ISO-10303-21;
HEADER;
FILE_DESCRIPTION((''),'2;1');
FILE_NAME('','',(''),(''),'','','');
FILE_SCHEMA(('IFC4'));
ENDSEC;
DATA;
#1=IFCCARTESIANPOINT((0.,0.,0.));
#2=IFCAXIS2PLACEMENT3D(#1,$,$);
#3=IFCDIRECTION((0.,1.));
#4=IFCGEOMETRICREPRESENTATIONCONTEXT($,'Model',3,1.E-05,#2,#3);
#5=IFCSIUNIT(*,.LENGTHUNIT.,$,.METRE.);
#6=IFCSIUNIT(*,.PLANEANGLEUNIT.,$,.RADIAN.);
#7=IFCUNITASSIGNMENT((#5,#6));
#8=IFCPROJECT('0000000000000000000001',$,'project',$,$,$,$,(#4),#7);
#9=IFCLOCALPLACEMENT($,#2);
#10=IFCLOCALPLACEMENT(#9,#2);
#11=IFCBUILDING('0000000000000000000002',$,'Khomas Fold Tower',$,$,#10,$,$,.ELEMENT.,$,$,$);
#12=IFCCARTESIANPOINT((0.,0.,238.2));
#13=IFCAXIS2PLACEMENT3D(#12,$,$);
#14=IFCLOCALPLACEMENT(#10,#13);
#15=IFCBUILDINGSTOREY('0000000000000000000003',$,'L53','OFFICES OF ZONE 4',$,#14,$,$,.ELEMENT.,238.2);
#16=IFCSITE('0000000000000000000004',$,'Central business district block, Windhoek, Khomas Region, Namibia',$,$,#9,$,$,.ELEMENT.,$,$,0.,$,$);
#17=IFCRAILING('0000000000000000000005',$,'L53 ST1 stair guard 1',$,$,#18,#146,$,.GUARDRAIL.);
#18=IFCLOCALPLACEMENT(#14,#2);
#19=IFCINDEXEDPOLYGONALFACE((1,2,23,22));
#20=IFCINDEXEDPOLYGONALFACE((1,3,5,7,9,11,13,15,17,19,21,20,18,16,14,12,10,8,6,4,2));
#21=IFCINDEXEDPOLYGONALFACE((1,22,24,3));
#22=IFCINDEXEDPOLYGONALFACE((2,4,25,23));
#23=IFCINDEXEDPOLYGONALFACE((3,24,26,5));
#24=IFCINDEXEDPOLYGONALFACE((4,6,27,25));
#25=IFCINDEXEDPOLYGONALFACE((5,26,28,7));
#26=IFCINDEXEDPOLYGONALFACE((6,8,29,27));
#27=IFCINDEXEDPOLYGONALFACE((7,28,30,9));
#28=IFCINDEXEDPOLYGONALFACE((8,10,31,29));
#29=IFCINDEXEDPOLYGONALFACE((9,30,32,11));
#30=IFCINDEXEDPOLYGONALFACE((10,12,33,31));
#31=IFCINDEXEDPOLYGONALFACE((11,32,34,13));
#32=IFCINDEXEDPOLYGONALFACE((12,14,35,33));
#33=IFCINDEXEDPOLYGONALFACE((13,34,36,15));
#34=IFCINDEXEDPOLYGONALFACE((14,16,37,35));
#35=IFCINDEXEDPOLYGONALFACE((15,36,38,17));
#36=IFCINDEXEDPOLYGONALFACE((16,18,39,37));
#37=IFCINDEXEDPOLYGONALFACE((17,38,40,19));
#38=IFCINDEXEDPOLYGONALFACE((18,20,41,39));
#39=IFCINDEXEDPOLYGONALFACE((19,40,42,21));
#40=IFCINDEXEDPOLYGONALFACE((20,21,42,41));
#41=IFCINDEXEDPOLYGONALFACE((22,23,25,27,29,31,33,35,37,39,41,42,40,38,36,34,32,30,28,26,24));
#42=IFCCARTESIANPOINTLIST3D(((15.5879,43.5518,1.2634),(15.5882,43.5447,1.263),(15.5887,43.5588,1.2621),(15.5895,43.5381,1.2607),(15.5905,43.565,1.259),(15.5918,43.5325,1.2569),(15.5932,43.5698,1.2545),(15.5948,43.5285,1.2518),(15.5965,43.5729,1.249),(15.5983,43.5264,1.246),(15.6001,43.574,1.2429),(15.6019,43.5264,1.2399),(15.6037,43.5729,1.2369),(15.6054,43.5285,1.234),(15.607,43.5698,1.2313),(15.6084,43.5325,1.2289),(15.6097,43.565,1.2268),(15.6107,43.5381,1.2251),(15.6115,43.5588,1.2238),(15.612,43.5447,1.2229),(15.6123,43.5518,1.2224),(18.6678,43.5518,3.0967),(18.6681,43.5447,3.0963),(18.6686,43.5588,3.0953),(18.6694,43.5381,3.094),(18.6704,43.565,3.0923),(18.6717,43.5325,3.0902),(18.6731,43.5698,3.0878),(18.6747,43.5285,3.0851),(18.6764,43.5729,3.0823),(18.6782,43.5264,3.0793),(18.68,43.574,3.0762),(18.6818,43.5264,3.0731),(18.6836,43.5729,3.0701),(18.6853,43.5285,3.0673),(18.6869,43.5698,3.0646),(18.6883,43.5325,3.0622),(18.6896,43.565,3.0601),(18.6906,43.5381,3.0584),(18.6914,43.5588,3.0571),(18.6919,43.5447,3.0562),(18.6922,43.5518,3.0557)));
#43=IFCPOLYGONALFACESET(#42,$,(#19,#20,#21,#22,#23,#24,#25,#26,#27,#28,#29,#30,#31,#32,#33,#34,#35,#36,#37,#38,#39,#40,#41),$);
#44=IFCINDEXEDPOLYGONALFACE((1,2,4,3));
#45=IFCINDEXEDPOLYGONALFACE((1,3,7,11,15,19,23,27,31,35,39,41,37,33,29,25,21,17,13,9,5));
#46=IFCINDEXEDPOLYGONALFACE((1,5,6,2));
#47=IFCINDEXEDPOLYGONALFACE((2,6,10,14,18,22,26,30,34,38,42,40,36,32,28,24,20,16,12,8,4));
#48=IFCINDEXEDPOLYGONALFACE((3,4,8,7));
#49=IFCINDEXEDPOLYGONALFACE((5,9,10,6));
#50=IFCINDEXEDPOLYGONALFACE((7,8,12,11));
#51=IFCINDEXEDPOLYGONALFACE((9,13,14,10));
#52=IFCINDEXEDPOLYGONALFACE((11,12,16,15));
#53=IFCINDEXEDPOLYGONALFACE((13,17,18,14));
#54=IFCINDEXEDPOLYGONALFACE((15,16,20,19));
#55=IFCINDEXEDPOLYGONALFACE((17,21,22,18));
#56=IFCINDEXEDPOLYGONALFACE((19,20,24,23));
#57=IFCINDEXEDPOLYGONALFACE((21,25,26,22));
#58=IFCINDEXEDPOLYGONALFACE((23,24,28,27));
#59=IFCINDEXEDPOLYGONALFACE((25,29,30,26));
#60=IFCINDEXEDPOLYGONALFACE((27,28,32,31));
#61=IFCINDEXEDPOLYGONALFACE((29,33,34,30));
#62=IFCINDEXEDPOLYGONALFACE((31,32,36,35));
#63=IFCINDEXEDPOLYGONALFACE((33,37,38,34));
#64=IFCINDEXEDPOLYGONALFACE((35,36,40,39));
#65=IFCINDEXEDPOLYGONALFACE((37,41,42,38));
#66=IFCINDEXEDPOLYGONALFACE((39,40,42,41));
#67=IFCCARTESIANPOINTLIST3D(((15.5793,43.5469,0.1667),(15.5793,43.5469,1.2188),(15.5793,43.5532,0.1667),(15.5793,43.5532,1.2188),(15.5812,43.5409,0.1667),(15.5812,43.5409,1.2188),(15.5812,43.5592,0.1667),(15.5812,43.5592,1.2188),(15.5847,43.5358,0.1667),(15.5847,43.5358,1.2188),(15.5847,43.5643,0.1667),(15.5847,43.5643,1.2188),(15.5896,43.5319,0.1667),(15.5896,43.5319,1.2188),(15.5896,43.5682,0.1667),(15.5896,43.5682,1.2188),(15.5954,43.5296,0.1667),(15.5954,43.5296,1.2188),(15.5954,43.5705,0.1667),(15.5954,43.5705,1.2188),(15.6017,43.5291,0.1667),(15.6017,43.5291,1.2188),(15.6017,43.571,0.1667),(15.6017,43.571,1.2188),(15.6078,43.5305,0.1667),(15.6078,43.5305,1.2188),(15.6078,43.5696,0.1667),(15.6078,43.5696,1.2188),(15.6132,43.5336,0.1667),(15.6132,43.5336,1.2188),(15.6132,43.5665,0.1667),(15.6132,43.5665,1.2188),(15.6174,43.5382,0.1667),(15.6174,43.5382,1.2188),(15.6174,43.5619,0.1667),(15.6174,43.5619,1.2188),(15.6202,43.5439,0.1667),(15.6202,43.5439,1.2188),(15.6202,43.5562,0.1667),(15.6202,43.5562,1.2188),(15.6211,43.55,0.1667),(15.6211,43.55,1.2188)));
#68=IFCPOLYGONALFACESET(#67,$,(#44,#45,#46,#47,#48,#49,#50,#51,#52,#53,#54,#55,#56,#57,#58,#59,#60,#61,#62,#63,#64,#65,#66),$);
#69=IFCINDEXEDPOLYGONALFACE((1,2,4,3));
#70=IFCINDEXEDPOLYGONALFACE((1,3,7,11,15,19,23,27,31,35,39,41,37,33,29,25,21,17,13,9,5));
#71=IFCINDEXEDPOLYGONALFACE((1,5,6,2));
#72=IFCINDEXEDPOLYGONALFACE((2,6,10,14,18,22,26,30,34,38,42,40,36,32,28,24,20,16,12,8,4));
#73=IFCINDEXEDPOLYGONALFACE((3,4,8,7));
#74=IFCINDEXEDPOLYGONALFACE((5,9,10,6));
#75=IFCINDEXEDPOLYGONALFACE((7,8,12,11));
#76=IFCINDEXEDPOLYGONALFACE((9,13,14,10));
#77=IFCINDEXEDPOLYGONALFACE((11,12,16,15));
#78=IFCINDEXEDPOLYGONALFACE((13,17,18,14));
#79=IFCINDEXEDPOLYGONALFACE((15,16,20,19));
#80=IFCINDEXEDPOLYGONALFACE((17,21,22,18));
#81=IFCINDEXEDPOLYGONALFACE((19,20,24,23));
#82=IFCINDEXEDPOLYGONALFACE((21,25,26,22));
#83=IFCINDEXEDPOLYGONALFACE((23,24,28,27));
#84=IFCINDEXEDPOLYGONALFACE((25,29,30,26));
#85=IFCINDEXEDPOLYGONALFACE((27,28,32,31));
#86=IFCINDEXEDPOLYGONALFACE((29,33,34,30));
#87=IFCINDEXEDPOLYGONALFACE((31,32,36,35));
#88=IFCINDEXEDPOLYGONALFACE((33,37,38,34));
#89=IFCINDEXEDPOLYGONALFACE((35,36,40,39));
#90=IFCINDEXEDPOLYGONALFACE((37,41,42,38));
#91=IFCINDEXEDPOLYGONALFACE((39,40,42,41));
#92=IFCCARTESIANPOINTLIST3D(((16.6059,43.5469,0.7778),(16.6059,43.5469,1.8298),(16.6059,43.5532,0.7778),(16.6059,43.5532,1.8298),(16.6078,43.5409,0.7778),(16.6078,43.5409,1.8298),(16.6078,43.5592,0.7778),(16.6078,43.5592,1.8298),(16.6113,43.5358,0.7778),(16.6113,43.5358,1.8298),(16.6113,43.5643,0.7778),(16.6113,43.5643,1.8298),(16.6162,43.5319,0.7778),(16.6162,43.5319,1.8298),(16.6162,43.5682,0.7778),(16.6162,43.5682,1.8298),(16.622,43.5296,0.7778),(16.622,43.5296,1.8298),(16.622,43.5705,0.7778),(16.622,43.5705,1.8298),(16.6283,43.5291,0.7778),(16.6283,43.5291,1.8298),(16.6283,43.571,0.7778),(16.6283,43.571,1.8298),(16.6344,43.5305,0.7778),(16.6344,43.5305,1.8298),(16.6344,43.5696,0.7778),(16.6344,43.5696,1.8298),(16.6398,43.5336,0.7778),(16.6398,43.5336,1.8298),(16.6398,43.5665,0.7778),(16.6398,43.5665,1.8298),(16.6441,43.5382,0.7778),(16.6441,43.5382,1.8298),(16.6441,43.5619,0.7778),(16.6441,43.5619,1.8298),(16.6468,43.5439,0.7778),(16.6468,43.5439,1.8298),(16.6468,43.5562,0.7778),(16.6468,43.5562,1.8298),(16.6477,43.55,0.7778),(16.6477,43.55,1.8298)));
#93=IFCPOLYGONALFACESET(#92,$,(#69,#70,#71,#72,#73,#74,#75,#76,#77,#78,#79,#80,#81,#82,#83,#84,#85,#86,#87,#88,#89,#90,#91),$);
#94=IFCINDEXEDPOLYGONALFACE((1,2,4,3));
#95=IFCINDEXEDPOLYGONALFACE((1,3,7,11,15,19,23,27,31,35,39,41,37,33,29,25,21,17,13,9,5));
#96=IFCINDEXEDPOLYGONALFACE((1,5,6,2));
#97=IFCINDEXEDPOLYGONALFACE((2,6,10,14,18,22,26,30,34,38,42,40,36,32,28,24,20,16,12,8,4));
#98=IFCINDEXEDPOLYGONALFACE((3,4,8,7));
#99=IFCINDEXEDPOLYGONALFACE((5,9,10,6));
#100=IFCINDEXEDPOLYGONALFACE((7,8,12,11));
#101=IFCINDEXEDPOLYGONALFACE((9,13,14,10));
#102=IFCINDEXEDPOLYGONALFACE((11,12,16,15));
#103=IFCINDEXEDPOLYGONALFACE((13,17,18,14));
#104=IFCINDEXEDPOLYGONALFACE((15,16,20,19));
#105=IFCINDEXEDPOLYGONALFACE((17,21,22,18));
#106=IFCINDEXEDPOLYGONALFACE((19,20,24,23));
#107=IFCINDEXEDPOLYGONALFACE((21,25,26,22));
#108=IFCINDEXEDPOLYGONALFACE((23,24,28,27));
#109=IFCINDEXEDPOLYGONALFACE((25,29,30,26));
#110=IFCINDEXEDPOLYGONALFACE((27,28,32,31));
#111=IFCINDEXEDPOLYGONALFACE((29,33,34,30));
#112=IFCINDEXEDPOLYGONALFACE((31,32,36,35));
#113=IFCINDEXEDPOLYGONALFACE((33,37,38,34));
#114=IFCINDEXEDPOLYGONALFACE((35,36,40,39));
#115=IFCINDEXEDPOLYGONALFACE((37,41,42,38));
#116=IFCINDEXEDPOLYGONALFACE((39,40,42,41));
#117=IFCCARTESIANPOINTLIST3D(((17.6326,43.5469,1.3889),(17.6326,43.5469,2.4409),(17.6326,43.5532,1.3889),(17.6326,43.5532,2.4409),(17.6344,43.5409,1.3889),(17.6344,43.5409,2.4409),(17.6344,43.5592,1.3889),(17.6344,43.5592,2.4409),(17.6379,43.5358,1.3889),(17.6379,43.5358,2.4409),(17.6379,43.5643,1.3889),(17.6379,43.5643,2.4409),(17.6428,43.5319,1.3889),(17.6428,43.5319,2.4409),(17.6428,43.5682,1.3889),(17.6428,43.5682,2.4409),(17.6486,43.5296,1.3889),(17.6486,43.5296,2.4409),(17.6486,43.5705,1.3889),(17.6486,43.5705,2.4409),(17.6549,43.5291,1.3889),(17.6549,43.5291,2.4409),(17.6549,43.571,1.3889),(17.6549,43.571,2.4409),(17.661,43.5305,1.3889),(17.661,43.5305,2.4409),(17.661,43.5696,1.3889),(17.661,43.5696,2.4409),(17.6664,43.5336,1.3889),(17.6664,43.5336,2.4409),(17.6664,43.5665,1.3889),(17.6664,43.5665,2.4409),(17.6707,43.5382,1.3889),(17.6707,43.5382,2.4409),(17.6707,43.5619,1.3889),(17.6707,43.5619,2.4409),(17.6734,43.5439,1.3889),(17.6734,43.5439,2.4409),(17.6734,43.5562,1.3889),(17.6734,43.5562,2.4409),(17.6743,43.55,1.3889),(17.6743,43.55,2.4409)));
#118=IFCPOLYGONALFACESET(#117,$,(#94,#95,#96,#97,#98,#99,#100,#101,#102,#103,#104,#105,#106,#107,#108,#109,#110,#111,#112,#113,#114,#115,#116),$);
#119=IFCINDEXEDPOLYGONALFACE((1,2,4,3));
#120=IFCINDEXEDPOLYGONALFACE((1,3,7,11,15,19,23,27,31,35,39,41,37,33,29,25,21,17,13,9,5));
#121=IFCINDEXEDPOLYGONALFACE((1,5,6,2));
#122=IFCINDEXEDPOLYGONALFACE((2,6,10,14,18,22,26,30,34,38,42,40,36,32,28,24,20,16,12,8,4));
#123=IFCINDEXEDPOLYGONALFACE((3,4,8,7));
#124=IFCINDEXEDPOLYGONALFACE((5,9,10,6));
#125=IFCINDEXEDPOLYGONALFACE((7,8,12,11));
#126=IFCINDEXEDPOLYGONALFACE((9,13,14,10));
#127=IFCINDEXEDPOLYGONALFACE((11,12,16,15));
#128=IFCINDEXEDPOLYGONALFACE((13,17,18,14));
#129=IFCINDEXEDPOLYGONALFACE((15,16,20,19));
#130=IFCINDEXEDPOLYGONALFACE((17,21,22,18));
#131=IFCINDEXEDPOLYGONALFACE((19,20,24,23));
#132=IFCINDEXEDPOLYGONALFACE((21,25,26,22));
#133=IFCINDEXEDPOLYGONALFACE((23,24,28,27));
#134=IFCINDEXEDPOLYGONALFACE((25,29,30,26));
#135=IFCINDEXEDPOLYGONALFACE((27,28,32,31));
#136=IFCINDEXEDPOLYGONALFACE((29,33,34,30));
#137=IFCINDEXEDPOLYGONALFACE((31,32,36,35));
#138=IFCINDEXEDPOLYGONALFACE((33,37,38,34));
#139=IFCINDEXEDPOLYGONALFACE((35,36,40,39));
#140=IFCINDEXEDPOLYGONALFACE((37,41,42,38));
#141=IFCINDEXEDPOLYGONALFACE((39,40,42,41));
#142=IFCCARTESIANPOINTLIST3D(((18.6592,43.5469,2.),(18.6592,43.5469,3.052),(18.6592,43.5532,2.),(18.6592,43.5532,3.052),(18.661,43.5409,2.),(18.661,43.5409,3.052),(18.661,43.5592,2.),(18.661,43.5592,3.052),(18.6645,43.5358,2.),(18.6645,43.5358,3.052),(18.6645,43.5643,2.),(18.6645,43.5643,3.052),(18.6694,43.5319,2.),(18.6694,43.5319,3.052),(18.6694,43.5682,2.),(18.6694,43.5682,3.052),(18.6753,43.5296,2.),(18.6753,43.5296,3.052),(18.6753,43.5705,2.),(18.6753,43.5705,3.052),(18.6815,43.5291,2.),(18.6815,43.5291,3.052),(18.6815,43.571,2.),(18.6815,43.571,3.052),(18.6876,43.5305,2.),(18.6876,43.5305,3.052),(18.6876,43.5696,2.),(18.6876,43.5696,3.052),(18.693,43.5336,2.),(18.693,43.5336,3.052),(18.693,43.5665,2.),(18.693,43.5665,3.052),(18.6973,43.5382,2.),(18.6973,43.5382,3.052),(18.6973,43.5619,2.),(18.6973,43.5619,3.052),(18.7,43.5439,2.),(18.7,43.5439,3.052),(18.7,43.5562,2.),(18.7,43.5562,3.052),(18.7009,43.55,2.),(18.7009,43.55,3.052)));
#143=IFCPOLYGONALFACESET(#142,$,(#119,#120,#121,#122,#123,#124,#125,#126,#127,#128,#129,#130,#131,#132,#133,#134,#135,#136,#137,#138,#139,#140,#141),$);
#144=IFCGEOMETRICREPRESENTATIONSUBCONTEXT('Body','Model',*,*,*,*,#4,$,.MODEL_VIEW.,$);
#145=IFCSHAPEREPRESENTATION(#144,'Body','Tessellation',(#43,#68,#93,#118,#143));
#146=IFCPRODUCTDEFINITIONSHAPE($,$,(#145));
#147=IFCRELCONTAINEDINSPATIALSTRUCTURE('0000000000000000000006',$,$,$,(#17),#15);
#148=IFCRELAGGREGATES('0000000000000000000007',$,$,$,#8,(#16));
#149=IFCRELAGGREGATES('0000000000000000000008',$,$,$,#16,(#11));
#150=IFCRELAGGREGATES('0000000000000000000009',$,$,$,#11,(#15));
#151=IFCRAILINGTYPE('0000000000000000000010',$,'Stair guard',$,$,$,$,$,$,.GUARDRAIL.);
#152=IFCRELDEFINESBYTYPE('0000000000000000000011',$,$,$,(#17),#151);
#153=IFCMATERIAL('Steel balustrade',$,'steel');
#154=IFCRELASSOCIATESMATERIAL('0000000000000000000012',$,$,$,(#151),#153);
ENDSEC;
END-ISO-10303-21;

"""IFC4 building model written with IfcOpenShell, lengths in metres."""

from ifc_helpers import new_model, si_unit, direction, frame, origin, origin_2d, place, context, subcontext, project, spatial, circle, extrude, source, transform, mapped, material, type_object, element, save


model = new_model("IFC4")

# Units and contexts
model_context = context("Model", 3, precision=1e-05, world=origin(), true_north=direction((0.0, 1.0)))
body_context = subcontext(model_context, "Body", "Model", "MODEL_VIEW")
ifc_project = project(units=[si_unit("LENGTHUNIT", "METRE"), si_unit("PLANEANGLEUNIT", "RADIAN")], contexts=[model_context])

# Site, building, storey
site_placement = place(None, origin())
site = spatial("IfcSite", under=ifc_project, at=site_placement, Name="Central business district block, Windhoek, Khomas Region, Namibia", CompositionType="ELEMENT", RefElevation=0.0)
building_placement = place(site_placement, origin())
building = spatial("IfcBuilding", under=site, at=building_placement, Name="Khomas Fold Tower", CompositionType="ELEMENT")
storey_placement = place(building_placement, frame((0.0, 0.0, 238.2)))
storey = spatial("IfcBuildingStorey", under=building, at=storey_placement, Name="L53", Description="OFFICES OF ZONE 4", CompositionType="ELEMENT", Elevation=238.2)

# Railing
ifc_material_1 = material(Name="Steel balustrade", Category="steel")
railing_type_1 = type_object("IfcRailingType", Name="Stair guard", PredefinedType="GUARDRAIL", material=ifc_material_1)
shared_shape_1 = source(origin(), body_context, "Body", "SweptSolid", [
    extrude(circle(Radius=0.0239, at=origin_2d()), frame((0.0, 0.0, 1.0762), z_axis=(0.859291, 0.0, 0.511487), x_axis=(0.0, 1.0, 0.0)), (0.0, 0.0, 1.0), 3.5842),
    extrude(circle(Radius=0.021, at=origin_2d()), origin(), (0.0, 0.0, 1.0), 1.052),
    extrude(circle(Radius=0.021, at=origin_2d()), frame((1.0266, 0.0, 0.6111)), (0.0, 0.0, 1.0), 1.052),
    extrude(circle(Radius=0.021, at=origin_2d()), frame((2.0532, 0.0, 1.2222)), (0.0, 0.0, 1.0), 1.052),
    extrude(circle(Radius=0.021, at=origin_2d()), frame((3.0798, 0.0, 1.8333)), (0.0, 0.0, 1.0), 1.052),
])
railing_1_placement = place(storey_placement, frame((15.6001, 43.55, 0.1667)))
element("IfcRailing", 1, at=railing_1_placement, inside=storey, type_object=railing_type_1, Name="L53 ST1 stair guard 1", PredefinedType="GUARDRAIL", context=body_context, shape_type="MappedRepresentation", body=[
    mapped(shared_shape_1, transform((0.0, 0.0, 0.0))),
])

save(model, "model.ifc")
